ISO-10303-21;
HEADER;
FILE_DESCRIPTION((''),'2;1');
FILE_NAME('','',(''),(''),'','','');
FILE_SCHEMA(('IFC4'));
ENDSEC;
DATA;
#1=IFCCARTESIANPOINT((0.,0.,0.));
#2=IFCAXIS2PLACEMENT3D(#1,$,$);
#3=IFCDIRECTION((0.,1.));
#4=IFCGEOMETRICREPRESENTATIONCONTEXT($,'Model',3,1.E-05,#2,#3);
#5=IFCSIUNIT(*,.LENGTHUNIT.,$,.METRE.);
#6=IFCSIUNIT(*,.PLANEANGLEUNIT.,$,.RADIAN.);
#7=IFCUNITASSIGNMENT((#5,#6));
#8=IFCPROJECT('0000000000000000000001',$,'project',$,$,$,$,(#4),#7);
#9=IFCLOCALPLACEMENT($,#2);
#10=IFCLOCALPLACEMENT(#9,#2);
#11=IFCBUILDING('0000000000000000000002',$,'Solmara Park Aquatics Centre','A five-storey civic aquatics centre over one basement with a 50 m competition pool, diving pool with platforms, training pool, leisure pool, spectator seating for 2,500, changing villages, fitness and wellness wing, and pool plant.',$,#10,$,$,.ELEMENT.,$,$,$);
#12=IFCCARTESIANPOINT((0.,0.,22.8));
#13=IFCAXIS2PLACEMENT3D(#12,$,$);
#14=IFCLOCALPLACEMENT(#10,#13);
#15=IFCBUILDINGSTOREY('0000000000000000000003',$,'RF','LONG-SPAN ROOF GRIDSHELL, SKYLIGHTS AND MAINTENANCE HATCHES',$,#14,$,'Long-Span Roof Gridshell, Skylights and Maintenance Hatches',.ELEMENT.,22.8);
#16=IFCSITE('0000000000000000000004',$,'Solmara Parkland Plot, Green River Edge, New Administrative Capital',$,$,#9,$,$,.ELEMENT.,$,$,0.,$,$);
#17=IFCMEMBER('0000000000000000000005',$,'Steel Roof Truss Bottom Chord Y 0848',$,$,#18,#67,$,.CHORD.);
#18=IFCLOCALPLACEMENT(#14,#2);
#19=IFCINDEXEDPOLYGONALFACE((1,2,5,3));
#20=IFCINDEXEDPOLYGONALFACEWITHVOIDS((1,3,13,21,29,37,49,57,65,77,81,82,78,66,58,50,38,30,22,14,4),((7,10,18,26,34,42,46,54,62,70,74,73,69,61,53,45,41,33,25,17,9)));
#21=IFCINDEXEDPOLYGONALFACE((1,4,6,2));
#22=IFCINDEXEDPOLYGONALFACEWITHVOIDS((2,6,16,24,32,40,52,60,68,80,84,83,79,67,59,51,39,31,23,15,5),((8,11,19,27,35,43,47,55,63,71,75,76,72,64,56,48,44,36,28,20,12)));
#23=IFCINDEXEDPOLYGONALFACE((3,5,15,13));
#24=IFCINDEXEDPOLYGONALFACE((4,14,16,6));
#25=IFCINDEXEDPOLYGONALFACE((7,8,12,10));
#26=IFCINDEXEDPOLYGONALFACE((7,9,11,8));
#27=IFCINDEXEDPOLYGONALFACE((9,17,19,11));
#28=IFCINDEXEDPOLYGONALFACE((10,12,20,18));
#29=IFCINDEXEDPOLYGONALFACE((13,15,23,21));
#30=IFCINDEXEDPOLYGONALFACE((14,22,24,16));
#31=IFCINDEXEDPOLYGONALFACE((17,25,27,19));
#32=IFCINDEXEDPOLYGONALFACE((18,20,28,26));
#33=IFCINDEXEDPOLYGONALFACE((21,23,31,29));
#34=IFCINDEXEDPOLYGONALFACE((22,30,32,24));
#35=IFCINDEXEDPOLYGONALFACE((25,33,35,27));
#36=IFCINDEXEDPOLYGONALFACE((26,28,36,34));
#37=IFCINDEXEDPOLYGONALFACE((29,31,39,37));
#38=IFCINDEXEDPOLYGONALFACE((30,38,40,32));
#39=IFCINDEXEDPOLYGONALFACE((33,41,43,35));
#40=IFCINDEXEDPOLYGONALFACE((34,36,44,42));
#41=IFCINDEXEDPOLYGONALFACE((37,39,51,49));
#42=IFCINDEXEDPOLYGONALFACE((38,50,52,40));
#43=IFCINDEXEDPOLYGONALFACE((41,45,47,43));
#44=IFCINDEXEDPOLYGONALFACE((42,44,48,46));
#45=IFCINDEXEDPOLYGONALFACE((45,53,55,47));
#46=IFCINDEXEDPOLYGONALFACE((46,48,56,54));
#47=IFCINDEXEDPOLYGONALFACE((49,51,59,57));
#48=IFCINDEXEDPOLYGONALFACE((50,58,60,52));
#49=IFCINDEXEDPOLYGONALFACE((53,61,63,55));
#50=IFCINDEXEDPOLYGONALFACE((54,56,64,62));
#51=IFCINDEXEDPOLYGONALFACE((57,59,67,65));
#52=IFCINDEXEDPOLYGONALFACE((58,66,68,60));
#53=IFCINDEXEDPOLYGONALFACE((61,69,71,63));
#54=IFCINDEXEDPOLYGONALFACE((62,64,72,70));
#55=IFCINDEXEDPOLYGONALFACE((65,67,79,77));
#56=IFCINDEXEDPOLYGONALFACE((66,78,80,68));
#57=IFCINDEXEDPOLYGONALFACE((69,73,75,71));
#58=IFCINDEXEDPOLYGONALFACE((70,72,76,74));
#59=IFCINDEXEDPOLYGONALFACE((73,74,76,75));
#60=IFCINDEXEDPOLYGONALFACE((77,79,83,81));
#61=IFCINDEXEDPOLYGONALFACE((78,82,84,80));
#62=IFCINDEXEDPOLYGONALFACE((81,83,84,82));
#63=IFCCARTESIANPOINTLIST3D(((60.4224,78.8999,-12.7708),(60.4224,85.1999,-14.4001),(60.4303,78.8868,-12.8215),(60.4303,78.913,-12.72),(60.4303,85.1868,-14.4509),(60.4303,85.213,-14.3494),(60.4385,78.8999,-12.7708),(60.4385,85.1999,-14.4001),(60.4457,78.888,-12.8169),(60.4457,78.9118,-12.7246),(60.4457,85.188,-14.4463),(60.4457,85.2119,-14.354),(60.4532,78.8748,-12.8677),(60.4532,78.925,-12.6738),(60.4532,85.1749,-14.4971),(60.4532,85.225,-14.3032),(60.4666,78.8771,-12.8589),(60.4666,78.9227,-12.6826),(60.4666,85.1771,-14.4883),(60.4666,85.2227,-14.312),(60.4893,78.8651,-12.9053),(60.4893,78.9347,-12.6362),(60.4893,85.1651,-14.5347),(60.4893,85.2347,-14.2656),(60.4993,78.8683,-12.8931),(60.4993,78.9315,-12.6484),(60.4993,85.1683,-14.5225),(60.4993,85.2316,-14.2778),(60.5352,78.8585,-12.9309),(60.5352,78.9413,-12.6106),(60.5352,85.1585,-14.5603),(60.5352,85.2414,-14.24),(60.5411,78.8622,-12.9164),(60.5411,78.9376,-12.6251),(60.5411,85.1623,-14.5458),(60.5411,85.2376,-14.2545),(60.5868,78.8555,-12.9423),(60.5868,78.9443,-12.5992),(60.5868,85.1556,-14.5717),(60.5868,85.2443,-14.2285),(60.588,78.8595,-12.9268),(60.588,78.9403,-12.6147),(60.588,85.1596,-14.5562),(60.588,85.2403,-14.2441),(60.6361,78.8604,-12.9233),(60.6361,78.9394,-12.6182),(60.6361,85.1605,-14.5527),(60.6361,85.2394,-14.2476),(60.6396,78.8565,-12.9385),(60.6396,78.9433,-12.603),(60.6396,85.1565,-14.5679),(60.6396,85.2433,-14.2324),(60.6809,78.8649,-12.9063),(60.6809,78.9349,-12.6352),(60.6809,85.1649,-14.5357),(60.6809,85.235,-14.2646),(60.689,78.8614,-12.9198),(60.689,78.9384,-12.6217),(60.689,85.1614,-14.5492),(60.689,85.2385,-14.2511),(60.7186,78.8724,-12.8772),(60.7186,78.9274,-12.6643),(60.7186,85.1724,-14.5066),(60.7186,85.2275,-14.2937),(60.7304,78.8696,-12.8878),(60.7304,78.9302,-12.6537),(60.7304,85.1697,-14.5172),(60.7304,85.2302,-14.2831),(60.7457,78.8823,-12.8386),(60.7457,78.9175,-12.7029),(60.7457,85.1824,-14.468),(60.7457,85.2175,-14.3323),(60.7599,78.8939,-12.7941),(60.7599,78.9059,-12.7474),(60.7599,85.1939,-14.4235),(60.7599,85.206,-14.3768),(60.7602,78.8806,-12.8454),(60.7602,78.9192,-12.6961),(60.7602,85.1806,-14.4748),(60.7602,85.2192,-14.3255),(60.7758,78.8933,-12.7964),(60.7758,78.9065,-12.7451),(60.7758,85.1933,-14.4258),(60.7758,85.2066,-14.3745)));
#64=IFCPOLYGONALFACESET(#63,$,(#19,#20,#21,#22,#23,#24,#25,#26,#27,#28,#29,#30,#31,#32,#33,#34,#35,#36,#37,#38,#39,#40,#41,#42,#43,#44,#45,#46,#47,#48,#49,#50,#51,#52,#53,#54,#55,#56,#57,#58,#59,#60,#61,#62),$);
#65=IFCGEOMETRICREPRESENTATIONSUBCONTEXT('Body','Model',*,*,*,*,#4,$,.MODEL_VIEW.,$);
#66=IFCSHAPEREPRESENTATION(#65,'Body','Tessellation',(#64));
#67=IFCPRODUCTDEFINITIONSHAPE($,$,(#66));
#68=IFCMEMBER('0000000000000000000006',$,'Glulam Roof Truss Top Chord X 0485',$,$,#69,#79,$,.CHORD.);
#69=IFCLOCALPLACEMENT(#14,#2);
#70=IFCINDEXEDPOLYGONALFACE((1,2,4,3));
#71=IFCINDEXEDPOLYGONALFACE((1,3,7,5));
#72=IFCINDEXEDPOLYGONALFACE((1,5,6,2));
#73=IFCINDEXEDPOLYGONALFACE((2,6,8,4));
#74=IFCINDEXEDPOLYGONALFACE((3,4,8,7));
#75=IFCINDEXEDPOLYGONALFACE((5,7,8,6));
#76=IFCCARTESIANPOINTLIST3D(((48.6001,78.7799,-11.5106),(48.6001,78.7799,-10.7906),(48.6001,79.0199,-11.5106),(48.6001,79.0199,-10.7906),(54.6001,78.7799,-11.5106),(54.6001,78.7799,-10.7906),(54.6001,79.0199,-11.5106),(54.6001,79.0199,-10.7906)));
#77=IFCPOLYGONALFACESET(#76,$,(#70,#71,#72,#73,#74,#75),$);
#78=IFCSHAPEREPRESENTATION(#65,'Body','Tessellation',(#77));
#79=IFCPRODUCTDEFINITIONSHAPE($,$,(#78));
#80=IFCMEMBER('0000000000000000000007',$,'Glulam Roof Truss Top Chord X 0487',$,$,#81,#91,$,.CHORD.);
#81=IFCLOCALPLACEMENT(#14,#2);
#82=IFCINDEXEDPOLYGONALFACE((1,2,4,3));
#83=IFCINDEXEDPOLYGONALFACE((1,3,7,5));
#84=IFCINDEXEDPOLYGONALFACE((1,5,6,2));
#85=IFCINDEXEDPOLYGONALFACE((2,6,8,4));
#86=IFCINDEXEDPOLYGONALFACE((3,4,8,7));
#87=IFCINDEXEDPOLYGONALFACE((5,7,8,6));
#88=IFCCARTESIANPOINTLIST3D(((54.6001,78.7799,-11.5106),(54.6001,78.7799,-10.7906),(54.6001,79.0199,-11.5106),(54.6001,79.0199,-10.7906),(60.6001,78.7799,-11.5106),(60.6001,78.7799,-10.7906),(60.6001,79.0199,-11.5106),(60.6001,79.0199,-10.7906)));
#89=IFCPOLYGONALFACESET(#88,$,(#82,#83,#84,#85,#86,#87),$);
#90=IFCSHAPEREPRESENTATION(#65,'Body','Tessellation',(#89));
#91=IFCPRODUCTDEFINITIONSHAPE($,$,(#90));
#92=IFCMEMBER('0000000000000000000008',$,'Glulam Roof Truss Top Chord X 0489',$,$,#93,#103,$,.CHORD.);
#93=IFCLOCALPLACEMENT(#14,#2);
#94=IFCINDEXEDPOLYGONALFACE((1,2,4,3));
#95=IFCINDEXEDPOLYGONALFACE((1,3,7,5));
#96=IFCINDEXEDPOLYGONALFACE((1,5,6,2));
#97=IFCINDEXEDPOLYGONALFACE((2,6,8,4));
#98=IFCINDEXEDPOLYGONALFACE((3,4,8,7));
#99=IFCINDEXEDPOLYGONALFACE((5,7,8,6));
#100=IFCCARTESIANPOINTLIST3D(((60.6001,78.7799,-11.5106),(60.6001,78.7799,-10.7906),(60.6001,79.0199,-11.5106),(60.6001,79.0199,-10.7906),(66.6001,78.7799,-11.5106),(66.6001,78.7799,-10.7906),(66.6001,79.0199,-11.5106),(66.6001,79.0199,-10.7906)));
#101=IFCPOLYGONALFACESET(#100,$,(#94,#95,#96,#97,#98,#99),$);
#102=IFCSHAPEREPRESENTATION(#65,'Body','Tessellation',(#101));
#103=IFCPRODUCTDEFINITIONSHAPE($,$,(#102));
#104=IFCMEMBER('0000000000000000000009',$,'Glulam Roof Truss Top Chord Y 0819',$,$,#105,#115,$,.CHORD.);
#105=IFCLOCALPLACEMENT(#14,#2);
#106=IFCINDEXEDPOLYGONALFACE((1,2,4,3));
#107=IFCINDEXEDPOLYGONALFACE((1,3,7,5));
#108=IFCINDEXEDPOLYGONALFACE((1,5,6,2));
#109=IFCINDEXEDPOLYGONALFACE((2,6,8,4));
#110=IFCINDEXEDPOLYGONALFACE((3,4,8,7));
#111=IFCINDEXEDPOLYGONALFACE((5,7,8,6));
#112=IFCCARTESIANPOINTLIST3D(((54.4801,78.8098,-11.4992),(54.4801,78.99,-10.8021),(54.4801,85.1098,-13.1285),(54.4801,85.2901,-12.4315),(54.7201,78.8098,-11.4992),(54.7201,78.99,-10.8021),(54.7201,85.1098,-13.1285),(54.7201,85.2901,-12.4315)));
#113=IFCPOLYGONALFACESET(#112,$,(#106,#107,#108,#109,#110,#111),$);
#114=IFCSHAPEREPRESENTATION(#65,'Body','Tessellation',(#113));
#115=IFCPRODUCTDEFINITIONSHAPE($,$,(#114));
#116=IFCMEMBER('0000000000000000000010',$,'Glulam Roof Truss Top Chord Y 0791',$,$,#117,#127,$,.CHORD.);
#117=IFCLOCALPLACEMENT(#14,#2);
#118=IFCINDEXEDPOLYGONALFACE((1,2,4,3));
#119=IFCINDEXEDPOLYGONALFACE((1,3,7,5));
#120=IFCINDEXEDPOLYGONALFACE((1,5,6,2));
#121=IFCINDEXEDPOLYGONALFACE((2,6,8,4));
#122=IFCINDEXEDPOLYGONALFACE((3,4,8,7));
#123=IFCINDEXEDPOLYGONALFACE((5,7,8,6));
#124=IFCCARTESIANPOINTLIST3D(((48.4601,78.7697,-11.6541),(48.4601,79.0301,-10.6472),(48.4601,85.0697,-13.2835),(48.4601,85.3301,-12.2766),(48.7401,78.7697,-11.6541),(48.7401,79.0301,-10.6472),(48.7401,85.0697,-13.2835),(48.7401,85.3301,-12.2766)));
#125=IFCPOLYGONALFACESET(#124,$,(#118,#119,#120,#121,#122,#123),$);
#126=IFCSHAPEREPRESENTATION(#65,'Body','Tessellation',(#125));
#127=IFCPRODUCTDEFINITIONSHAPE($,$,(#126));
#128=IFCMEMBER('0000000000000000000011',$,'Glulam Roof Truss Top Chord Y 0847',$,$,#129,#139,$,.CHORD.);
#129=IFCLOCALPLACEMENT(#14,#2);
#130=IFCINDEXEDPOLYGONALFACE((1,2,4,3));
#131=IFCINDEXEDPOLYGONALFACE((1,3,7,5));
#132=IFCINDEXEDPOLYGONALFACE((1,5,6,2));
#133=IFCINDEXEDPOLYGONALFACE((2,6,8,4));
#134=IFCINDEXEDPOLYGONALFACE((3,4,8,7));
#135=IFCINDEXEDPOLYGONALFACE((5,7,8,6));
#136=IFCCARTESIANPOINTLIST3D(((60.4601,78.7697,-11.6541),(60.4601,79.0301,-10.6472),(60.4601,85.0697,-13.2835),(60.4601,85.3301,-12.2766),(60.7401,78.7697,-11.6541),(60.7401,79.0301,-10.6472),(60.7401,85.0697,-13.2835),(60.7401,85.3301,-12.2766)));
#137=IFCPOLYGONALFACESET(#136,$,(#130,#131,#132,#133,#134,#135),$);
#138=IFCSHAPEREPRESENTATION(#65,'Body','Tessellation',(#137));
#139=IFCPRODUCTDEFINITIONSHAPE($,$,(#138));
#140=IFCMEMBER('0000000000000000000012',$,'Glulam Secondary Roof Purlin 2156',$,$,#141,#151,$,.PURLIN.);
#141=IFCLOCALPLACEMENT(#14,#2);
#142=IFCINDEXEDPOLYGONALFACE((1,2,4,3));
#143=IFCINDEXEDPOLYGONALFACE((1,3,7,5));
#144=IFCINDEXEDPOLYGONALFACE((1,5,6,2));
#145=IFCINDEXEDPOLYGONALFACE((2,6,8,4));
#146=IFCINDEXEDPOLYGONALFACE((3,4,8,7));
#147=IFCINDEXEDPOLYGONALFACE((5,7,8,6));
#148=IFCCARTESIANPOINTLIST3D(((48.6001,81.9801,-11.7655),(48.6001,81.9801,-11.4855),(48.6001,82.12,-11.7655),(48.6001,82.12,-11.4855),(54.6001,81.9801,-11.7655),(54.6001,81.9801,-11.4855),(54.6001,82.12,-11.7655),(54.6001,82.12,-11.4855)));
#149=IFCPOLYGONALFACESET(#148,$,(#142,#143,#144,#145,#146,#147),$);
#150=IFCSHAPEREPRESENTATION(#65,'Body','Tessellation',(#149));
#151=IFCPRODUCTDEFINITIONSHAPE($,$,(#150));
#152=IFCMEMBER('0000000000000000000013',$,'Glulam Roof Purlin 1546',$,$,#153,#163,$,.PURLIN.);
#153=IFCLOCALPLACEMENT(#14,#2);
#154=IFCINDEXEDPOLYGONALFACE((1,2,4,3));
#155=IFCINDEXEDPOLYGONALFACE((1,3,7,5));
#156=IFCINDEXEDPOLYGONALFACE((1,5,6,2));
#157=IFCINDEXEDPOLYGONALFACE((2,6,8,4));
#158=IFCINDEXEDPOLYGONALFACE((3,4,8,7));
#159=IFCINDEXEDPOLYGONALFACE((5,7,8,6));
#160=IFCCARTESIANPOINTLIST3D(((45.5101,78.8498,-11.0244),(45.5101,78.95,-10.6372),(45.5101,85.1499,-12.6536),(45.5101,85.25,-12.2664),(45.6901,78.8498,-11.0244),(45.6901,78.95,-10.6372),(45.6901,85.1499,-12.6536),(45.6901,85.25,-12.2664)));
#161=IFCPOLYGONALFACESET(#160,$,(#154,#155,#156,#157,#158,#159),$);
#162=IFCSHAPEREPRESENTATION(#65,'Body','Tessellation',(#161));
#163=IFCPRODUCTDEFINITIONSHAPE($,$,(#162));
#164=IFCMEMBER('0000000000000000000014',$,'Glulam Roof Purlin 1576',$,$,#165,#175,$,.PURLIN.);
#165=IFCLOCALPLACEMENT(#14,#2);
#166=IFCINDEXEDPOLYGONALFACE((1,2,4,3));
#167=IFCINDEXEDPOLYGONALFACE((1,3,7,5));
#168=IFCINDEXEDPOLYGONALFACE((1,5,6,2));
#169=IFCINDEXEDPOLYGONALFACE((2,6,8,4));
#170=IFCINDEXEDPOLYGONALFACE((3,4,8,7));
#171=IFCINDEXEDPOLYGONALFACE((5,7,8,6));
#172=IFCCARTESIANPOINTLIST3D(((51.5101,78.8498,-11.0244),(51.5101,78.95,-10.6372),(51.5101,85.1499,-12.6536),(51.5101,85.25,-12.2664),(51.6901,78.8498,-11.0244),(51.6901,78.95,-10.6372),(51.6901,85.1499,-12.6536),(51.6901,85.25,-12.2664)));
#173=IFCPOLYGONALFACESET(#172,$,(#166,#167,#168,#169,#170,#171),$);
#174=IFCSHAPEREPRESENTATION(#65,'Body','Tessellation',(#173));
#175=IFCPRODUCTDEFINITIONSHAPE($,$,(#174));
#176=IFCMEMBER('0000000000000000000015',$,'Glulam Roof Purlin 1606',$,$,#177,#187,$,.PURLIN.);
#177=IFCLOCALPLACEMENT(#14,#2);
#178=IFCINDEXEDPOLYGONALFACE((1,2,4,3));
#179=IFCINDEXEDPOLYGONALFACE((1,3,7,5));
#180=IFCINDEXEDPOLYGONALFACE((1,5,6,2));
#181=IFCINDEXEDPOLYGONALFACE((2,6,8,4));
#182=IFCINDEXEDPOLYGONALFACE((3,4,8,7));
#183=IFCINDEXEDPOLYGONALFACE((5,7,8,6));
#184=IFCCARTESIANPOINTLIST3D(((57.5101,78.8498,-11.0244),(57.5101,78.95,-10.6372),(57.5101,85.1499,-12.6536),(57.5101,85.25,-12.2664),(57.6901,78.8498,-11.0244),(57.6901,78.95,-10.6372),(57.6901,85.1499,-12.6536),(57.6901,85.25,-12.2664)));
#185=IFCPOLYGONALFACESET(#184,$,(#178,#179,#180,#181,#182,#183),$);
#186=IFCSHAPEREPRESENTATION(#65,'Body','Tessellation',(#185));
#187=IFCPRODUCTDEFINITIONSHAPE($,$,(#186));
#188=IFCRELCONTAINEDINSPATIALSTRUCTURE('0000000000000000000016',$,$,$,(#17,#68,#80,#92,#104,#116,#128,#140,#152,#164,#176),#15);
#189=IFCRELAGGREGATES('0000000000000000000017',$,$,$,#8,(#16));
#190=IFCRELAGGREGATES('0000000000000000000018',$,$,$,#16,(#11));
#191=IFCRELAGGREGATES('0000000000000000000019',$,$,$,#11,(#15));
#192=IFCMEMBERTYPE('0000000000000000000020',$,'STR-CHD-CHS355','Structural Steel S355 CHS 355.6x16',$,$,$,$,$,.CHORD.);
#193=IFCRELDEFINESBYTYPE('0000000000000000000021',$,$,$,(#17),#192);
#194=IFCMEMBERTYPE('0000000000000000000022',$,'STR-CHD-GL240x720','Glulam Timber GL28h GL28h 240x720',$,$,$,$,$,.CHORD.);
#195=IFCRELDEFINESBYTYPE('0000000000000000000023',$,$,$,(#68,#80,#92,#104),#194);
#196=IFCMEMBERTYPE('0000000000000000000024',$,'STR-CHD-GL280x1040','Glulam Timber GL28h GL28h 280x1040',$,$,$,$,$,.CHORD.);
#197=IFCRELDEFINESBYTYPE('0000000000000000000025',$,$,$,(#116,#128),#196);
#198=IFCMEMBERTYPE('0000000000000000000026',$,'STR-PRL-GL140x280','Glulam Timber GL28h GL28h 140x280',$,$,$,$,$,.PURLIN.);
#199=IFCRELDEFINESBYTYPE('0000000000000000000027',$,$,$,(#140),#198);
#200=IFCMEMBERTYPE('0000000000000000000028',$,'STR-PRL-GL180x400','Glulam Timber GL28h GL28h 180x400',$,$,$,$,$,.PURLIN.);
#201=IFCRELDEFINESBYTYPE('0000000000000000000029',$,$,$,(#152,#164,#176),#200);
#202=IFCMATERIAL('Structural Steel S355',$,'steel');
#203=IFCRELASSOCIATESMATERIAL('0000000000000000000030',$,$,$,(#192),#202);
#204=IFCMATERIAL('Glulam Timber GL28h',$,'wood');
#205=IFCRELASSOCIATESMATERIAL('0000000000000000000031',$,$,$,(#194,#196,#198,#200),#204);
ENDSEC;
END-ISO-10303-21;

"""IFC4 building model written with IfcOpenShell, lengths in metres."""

from ifc_helpers import new_model, si_unit, direction, frame, origin, origin_2d, place, context, subcontext, project, spatial, rectangle, hollow_circle, extrude, material, material_profile, profile_set, type_object, element, save


model = new_model("IFC4")

# Units and contexts
model_context = context("Model", 3, precision=1e-05, world=origin(), true_north=direction((0.0, 1.0)))
body_context = subcontext(model_context, "Body", "Model", "MODEL_VIEW")
ifc_project = project(units=[si_unit("LENGTHUNIT", "METRE"), si_unit("PLANEANGLEUNIT", "RADIAN")], contexts=[model_context])

# Site, building, storey
site_placement = place(None, origin())
site = spatial("IfcSite", under=ifc_project, at=site_placement, Name="Solmara Parkland Plot, Green River Edge, New Administrative Capital", CompositionType="ELEMENT", RefElevation=0.0)
building_placement = place(site_placement, origin())
building = spatial("IfcBuilding", under=site, at=building_placement, Name="Solmara Park Aquatics Centre", Description="A five-storey civic aquatics centre over one basement with a 50 m competition pool, diving pool with platforms, training pool, leisure pool, spectator seating for 2,500, changing villages, fitness and wellness wing, and pool plant.", CompositionType="ELEMENT")
storey_placement = place(building_placement, frame((0.0, 0.0, 22.8)))
storey = spatial("IfcBuildingStorey", under=building, at=storey_placement, Name="RF", Description="LONG-SPAN ROOF GRIDSHELL, SKYLIGHTS AND MAINTENANCE HATCHES", LongName="Long-Span Roof Gridshell, Skylights and Maintenance Hatches", CompositionType="ELEMENT", Elevation=22.8)

# Members
ifc_material_1 = material(Name="Structural Steel S355", Category="steel")
ifc_material_profile_1 = material_profile(ifc_material_1, hollow_circle(Radius=0.1777, WallThickness=0.0161, at=origin_2d()), Name="CHS 355.6x16")
ifc_profile_set_1 = profile_set([ifc_material_profile_1], Name="Structural Steel S355")
member_type_1 = type_object("IfcMemberType", Name="STR-CHD-CHS355", Description="Structural Steel S355 CHS 355.6x16", PredefinedType="CHORD", material=ifc_profile_set_1)
for number, where, z_axis, x_axis, name in (
    (1, (60.6001, 78.8999, -12.7708), (0.0, 0.968144, -0.250393), (-1.0, 0.0, 0.0), "Steel Roof Truss Bottom Chord Y 0848"),
):
    element("IfcMember", number, at=place(storey_placement, frame(where, z_axis=z_axis, x_axis=x_axis)), inside=storey, type_object=member_type_1, Name=name, PredefinedType="CHORD", context=body_context, shape_type="SweptSolid", body=[
        extrude(hollow_circle(Radius=0.1777, WallThickness=0.0161, at=origin_2d()), origin(), (0.0, 0.0, 1.0), 6.5073),
    ])
ifc_material_2 = material(Name="Glulam Timber GL28h", Category="wood")
ifc_material_profile_2 = material_profile(ifc_material_2, rectangle(XDim=0.24, YDim=0.72, at=origin_2d()), Name="GL28h 240x720")
ifc_profile_set_2 = profile_set([ifc_material_profile_2], Name="Glulam Timber GL28h")
member_type_2 = type_object("IfcMemberType", Name="STR-CHD-GL240x720", Description="Glulam Timber GL28h GL28h 240x720", PredefinedType="CHORD", material=ifc_profile_set_2)
for number, where, z_axis, x_axis, name in (
    (2, (48.6001, 78.8999, -11.1506), (1.0, 0.0, 0.0), (0.0, 1.0, 0.0), "Glulam Roof Truss Top Chord X 0485"),
    (3, (54.6001, 78.8999, -11.1506), (1.0, 0.0, 0.0), (0.0, 1.0, 0.0), "Glulam Roof Truss Top Chord X 0487"),
    (4, (60.6001, 78.8999, -11.1506), (1.0, 0.0, 0.0), (0.0, 1.0, 0.0), "Glulam Roof Truss Top Chord X 0489"),
):
    element("IfcMember", number, at=place(storey_placement, frame(where, z_axis=z_axis, x_axis=x_axis)), inside=storey, type_object=member_type_2, Name=name, PredefinedType="CHORD", context=body_context, shape_type="SweptSolid", body=[
        extrude(rectangle(XDim=0.24, YDim=0.72, at=origin_2d()), origin(), (0.0, 0.0, 1.0), 6.0),
    ])
member_1_placement = place(storey_placement, frame((54.6001, 78.8999, -11.1506), z_axis=(0.0, 0.968144, -0.250393), x_axis=(-1.0, 0.0, 0.0)))
element("IfcMember", 5, at=member_1_placement, inside=storey, type_object=member_type_2, Name="Glulam Roof Truss Top Chord Y 0819", PredefinedType="CHORD", context=body_context, shape_type="SweptSolid", body=[
    extrude(rectangle(XDim=0.24, YDim=0.72, at=origin_2d()), origin(), (0.0, 0.0, 1.0), 6.5073),
])
ifc_material_profile_3 = material_profile(ifc_material_2, rectangle(XDim=0.28, YDim=1.04, at=origin_2d()), Name="GL28h 280x1040")
ifc_profile_set_3 = profile_set([ifc_material_profile_3], Name="Glulam Timber GL28h")
member_type_3 = type_object("IfcMemberType", Name="STR-CHD-GL280x1040", Description="Glulam Timber GL28h GL28h 280x1040", PredefinedType="CHORD", material=ifc_profile_set_3)
for number, where, z_axis, x_axis, name in (
    (6, (48.6001, 78.8999, -11.1506), (0.0, 0.968144, -0.250393), (-1.0, 0.0, 0.0), "Glulam Roof Truss Top Chord Y 0791"),
    (7, (60.6001, 78.8999, -11.1506), (0.0, 0.968144, -0.250393), (-1.0, 0.0, 0.0), "Glulam Roof Truss Top Chord Y 0847"),
):
    element("IfcMember", number, at=place(storey_placement, frame(where, z_axis=z_axis, x_axis=x_axis)), inside=storey, type_object=member_type_3, Name=name, PredefinedType="CHORD", context=body_context, shape_type="SweptSolid", body=[
        extrude(rectangle(XDim=0.28, YDim=1.04, at=origin_2d()), origin(), (0.0, 0.0, 1.0), 6.5073),
    ])
ifc_material_profile_4 = material_profile(ifc_material_2, rectangle(XDim=0.1399, YDim=0.28, at=origin_2d()), Name="GL28h 140x280")
ifc_profile_set_4 = profile_set([ifc_material_profile_4], Name="Glulam Timber GL28h")
member_type_4 = type_object("IfcMemberType", Name="STR-PRL-GL140x280", Description="Glulam Timber GL28h GL28h 140x280", PredefinedType="PURLIN", material=ifc_profile_set_4)
member_2_placement = place(storey_placement, frame((48.6001, 82.05, -11.6255), z_axis=(1.0, 0.0, 0.0), x_axis=(0.0, 1.0, 0.0)))
element("IfcMember", 8, at=member_2_placement, inside=storey, type_object=member_type_4, Name="Glulam Secondary Roof Purlin 2156", PredefinedType="PURLIN", context=body_context, shape_type="SweptSolid", body=[
    extrude(rectangle(XDim=0.1399, YDim=0.28, at=origin_2d()), origin(), (0.0, 0.0, 1.0), 6.0),
])
ifc_material_profile_5 = material_profile(ifc_material_2, rectangle(XDim=0.1799, YDim=0.3999, at=origin_2d()), Name="GL28h 180x400")
ifc_profile_set_5 = profile_set([ifc_material_profile_5], Name="Glulam Timber GL28h")
member_type_5 = type_object("IfcMemberType", Name="STR-PRL-GL180x400", Description="Glulam Timber GL28h GL28h 180x400", PredefinedType="PURLIN", material=ifc_profile_set_5)
for number, where, z_axis, x_axis, name in (
    (9, (45.6001, 78.8999, -10.8308), (0.0, 0.968153, -0.250358), (-1.0, 0.0, 0.0), "Glulam Roof Purlin 1546"),
    (10, (51.6001, 78.8999, -10.8308), (0.0, 0.968153, -0.250358), (-1.0, 0.0, 0.0), "Glulam Roof Purlin 1576"),
    (11, (57.6001, 78.8999, -10.8308), (0.0, 0.968153, -0.250358), (-1.0, 0.0, 0.0), "Glulam Roof Purlin 1606"),
):
    element("IfcMember", number, at=place(storey_placement, frame(where, z_axis=z_axis, x_axis=x_axis)), inside=storey, type_object=member_type_5, Name=name, PredefinedType="PURLIN", context=body_context, shape_type="SweptSolid", body=[
        extrude(rectangle(XDim=0.1799, YDim=0.3999, at=origin_2d()), origin(), (0.0, 0.0, 1.0), 6.5073),
    ])

save(model, "model.ifc")
